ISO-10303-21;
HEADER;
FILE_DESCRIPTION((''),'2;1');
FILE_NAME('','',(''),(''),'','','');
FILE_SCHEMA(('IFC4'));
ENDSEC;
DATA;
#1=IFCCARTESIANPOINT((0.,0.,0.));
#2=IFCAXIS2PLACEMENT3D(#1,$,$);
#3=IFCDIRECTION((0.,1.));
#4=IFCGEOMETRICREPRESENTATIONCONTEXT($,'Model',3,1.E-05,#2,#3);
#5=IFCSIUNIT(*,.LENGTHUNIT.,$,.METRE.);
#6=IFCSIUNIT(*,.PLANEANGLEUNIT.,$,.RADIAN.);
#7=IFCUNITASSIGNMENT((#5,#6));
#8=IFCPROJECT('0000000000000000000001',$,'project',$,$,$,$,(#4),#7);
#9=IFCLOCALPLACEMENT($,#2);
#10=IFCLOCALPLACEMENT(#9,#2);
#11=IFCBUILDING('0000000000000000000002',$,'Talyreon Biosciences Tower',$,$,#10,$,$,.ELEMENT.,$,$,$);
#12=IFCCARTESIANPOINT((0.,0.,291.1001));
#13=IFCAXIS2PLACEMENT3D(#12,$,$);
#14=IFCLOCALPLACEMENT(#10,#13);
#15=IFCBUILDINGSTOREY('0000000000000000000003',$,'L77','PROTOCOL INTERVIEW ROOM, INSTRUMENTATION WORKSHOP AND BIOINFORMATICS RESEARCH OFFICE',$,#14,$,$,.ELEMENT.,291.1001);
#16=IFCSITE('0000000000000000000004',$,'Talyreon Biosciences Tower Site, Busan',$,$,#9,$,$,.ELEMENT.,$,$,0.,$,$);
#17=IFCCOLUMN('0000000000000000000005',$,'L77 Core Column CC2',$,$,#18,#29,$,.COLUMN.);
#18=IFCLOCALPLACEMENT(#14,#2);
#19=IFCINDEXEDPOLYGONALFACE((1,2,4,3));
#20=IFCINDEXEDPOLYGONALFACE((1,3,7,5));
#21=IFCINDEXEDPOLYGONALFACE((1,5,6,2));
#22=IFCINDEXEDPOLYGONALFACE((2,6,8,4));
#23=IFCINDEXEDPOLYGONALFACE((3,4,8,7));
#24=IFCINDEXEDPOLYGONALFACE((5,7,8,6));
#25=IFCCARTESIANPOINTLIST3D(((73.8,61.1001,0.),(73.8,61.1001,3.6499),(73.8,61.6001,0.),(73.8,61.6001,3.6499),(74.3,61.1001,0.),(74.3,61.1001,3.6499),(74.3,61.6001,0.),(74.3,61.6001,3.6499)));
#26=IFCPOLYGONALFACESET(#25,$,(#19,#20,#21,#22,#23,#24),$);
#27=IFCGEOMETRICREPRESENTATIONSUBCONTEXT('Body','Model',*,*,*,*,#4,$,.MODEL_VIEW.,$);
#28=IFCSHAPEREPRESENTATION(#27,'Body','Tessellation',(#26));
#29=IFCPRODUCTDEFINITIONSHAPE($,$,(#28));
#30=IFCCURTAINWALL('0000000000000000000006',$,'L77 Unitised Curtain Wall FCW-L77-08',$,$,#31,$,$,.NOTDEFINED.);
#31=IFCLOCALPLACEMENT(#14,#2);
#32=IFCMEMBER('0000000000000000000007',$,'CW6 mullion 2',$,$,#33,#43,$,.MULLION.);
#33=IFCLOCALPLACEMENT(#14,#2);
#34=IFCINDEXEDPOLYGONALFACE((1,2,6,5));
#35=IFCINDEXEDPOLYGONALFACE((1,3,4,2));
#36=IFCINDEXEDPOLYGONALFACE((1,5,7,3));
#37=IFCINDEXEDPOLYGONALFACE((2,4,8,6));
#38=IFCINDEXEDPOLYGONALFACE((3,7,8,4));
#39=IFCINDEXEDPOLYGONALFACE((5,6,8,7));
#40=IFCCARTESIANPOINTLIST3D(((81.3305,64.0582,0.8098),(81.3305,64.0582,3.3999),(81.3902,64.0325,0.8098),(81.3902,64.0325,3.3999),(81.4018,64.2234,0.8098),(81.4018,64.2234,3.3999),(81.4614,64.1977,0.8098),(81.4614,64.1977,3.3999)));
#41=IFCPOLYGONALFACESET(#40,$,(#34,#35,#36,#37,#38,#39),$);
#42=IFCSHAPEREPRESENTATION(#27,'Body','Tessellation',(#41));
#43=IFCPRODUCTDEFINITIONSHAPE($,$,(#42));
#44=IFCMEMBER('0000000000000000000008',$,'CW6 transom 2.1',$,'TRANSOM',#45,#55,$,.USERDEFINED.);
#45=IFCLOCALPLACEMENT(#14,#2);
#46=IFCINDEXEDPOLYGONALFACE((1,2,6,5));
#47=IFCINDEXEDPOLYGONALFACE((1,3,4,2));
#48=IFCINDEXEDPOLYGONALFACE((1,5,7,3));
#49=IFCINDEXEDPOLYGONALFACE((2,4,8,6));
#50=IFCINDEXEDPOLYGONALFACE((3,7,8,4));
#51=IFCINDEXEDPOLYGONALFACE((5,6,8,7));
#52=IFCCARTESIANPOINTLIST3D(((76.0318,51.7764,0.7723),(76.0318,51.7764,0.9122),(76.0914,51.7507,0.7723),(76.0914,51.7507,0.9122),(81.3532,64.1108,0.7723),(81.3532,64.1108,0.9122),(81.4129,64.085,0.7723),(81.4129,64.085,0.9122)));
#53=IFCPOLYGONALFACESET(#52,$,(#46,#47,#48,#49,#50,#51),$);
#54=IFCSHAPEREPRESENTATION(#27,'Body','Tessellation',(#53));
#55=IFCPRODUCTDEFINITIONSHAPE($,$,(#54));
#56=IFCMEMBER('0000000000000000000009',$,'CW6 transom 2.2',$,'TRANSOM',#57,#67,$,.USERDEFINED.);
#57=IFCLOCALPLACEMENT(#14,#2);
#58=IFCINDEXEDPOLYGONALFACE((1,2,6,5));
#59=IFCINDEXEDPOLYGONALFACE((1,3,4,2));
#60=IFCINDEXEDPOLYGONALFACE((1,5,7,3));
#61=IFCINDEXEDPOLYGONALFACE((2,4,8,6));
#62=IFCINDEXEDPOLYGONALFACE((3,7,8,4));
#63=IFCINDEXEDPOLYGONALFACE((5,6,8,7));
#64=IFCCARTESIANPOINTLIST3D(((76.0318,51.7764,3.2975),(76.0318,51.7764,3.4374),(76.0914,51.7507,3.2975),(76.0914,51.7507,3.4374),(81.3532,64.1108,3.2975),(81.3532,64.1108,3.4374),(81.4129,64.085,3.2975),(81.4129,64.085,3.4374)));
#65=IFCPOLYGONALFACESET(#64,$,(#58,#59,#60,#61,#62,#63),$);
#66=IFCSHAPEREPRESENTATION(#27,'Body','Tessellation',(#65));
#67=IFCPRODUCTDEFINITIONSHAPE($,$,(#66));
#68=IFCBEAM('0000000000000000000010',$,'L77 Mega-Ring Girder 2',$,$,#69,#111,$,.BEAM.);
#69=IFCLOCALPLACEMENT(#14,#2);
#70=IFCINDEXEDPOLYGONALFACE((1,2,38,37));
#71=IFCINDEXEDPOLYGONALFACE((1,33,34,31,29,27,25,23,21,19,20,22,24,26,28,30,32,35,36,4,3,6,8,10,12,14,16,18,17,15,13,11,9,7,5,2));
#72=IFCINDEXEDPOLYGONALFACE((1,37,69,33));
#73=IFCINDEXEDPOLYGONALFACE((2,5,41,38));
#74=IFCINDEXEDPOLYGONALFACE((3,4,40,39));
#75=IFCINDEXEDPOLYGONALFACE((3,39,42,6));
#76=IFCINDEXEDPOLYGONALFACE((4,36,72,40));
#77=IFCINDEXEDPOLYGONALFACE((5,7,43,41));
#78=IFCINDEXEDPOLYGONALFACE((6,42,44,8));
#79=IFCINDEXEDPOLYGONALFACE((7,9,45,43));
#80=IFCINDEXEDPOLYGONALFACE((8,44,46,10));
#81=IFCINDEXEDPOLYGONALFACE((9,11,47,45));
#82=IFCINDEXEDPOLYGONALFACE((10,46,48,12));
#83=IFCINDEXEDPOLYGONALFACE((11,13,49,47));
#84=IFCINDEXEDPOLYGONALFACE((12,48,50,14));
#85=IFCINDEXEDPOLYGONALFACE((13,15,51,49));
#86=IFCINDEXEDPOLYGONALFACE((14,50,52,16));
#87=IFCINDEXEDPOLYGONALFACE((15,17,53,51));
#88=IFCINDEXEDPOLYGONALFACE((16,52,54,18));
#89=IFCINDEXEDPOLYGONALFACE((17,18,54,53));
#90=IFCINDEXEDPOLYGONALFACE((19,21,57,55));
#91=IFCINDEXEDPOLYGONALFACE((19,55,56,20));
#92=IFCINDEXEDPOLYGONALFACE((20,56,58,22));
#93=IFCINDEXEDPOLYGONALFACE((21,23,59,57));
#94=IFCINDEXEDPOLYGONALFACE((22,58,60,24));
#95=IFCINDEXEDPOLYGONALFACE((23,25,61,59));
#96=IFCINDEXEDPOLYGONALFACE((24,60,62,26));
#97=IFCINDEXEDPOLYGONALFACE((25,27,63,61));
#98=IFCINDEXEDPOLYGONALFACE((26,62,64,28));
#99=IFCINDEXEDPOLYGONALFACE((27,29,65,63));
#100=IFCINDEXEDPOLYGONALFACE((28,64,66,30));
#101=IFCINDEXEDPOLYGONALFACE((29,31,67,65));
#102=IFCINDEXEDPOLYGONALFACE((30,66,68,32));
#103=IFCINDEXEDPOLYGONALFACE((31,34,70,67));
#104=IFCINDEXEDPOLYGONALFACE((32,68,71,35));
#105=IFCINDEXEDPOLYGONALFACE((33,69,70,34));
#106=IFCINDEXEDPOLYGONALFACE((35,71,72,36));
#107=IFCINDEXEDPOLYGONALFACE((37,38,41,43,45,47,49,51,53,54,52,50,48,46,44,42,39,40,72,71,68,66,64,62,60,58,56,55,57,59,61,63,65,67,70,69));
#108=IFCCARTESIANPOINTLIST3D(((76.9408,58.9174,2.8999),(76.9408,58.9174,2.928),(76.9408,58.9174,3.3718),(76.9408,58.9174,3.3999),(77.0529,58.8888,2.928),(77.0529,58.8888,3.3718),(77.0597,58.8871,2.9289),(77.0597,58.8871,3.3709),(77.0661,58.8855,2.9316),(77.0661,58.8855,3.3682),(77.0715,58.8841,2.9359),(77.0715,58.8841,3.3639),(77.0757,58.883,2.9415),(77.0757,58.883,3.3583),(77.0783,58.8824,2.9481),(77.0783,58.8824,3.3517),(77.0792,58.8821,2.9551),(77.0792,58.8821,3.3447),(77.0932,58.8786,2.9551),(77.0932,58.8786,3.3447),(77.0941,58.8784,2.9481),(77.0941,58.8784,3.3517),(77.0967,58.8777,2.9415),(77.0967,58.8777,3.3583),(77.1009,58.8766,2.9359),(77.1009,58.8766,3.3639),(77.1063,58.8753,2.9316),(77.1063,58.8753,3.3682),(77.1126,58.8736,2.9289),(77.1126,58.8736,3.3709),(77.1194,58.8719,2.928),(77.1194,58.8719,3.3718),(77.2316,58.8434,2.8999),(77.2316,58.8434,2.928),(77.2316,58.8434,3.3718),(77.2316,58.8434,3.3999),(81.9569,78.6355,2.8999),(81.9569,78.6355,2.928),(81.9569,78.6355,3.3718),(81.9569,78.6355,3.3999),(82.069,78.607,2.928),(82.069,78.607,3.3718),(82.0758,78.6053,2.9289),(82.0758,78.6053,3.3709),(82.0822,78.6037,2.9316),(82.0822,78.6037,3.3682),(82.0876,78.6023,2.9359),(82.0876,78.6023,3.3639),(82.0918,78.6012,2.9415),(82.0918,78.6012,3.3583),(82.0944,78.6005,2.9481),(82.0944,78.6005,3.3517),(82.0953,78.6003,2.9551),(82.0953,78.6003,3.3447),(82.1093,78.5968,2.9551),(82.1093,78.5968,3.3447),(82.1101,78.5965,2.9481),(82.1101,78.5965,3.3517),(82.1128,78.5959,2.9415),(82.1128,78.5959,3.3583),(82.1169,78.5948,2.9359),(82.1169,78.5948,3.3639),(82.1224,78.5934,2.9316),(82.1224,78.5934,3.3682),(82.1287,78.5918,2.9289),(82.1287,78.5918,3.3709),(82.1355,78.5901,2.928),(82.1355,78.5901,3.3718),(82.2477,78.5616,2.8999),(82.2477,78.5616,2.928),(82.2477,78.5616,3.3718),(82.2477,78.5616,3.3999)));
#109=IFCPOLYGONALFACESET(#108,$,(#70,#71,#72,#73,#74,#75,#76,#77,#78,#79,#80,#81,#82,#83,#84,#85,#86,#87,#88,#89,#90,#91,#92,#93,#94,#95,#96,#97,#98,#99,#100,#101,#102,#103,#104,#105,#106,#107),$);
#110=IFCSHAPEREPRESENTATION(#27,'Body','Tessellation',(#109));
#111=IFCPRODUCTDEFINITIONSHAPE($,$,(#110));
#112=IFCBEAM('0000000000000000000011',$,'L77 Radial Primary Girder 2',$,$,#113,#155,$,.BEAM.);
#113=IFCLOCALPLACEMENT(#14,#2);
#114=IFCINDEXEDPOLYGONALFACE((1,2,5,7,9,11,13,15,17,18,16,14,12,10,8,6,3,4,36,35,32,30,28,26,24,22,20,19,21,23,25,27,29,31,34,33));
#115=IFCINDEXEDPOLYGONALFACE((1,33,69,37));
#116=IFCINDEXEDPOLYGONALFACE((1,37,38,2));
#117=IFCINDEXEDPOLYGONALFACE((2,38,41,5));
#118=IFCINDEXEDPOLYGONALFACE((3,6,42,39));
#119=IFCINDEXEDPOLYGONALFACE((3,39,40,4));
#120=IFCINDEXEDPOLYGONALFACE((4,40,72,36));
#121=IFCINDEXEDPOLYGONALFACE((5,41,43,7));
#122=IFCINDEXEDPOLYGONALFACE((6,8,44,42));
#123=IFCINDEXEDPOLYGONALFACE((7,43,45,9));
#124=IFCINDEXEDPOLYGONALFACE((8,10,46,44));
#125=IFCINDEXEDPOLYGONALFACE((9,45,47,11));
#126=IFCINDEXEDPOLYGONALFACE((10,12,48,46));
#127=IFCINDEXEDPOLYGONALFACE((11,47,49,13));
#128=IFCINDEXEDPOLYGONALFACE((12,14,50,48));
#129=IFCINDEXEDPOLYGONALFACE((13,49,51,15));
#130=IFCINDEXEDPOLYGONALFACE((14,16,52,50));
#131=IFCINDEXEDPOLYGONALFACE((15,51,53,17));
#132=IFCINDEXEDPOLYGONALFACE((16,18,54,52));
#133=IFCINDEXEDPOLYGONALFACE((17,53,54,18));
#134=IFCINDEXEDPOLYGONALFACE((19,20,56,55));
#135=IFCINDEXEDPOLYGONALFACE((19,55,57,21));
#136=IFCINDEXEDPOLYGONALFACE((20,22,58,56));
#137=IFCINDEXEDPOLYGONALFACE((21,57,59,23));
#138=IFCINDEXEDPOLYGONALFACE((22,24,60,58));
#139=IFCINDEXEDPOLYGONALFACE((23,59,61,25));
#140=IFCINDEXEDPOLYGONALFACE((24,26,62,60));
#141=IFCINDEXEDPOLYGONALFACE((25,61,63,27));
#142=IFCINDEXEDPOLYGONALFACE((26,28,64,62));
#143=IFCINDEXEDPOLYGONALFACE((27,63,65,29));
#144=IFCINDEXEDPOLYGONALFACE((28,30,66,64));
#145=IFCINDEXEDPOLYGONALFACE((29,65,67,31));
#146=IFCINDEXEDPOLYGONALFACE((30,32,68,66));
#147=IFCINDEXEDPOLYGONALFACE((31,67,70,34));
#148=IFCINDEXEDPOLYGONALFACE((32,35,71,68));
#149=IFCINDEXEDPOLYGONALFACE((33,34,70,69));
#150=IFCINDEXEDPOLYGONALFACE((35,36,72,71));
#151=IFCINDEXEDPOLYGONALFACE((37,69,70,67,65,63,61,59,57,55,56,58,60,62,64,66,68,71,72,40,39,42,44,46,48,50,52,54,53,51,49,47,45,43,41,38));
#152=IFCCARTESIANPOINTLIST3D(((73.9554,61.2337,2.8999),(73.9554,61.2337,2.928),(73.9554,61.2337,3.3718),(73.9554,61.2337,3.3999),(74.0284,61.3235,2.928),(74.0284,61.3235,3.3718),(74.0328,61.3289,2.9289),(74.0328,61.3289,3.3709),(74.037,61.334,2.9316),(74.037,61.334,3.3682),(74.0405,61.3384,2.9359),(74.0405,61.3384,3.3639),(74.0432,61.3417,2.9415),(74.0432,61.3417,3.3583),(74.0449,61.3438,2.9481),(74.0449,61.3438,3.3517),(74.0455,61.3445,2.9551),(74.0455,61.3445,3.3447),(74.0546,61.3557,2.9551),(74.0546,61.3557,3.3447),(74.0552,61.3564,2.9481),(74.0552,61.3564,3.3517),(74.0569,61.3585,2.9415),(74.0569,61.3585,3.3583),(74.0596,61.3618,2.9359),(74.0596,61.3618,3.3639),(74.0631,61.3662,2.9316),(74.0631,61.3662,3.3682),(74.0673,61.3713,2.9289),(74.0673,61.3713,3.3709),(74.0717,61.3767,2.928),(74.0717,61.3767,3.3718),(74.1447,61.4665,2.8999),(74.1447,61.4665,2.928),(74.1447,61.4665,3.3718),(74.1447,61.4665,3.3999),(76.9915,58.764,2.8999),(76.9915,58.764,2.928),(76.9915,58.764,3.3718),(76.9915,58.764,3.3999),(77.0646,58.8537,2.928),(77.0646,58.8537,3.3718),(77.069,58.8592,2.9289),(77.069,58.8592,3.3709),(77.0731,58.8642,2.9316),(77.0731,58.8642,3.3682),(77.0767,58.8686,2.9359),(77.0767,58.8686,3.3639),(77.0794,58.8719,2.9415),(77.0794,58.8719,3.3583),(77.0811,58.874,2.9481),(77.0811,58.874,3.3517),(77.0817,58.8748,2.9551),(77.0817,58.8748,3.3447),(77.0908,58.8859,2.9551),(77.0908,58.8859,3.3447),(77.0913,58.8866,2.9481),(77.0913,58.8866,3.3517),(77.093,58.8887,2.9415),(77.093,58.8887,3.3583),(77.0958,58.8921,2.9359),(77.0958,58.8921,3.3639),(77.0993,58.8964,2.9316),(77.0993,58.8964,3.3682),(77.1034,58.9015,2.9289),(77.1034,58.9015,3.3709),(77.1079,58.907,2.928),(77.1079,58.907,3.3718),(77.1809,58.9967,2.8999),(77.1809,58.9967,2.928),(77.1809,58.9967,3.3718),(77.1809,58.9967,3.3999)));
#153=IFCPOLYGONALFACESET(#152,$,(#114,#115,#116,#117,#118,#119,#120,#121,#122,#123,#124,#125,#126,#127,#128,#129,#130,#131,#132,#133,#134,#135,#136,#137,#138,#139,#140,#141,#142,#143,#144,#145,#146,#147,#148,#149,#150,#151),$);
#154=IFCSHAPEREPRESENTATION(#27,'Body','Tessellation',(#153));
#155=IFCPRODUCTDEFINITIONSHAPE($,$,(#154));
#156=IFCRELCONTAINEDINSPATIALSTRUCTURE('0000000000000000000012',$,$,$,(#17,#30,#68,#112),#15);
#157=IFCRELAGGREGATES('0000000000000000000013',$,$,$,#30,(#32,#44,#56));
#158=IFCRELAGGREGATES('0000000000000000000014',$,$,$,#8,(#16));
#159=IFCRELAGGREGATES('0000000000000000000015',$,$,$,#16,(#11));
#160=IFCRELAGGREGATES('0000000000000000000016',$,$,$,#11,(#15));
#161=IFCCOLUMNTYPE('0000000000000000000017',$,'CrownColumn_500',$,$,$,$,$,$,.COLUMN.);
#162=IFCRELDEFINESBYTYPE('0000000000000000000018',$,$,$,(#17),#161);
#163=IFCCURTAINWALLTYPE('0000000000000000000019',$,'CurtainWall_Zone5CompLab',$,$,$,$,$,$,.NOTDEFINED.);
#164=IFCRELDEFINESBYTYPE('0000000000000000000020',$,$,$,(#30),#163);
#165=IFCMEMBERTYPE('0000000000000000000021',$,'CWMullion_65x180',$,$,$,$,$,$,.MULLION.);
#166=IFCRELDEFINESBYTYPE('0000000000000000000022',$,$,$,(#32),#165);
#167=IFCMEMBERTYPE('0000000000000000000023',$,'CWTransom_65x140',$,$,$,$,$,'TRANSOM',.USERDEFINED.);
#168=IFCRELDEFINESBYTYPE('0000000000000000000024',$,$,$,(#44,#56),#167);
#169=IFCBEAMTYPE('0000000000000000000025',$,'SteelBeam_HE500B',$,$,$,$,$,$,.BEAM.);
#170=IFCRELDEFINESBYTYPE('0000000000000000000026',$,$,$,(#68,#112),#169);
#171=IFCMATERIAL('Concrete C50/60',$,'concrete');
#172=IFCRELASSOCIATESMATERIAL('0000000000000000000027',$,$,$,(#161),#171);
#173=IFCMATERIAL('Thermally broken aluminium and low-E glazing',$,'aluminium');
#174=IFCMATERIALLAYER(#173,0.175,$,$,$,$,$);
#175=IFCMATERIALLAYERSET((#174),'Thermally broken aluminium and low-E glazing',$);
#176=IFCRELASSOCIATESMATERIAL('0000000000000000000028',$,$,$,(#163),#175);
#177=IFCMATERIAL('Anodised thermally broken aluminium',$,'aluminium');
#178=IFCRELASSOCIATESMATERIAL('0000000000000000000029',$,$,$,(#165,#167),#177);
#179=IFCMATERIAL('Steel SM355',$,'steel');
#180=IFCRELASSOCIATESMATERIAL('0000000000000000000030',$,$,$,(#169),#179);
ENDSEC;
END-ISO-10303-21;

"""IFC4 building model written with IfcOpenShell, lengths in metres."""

from ifc_helpers import new_model, si_unit, direction, frame, origin, origin_2d, place, context, subcontext, project, spatial, rectangle, i_section, extrude, material, layer, layer_set, material_profile, profile_set, type_object, element, aggregate, save


model = new_model("IFC4")

# Units and contexts
model_context = context("Model", 3, precision=1e-05, world=origin(), true_north=direction((0.0, 1.0)))
body_context = subcontext(model_context, "Body", "Model", "MODEL_VIEW")
ifc_project = project(units=[si_unit("LENGTHUNIT", "METRE"), si_unit("PLANEANGLEUNIT", "RADIAN")], contexts=[model_context])

# Site, building, storey
site_placement = place(None, origin())
site = spatial("IfcSite", under=ifc_project, at=site_placement, Name="Talyreon Biosciences Tower Site, Busan", CompositionType="ELEMENT", RefElevation=0.0)
building_placement = place(site_placement, origin())
building = spatial("IfcBuilding", under=site, at=building_placement, Name="Talyreon Biosciences Tower", CompositionType="ELEMENT")
storey_placement = place(building_placement, frame((0.0, 0.0, 291.1001)))
storey = spatial("IfcBuildingStorey", under=building, at=storey_placement, Name="L77", Description="PROTOCOL INTERVIEW ROOM, INSTRUMENTATION WORKSHOP AND BIOINFORMATICS RESEARCH OFFICE", CompositionType="ELEMENT", Elevation=291.1001)

# Column
ifc_material_1 = material(Name="Concrete C50/60", Category="concrete")
ifc_material_profile_1 = material_profile(ifc_material_1, rectangle(XDim=0.5, YDim=0.5, at=origin_2d()), Name="RC 500x500")
ifc_profile_set_1 = profile_set([ifc_material_profile_1], Name="Concrete C50/60")
column_type = type_object("IfcColumnType", Name="CrownColumn_500", PredefinedType="COLUMN", material=ifc_profile_set_1)
column_placement = place(storey_placement, frame((74.05, 61.3501, 0.0), z_axis=(0.0, 0.0, 1.0), x_axis=(1.0, 0.0, 0.0)))
element("IfcColumn", 1, at=column_placement, inside=storey, type_object=column_type, Name="L77 Core Column CC2", PredefinedType="COLUMN", context=body_context, shape_type="SweptSolid", body=[
    extrude(rectangle(XDim=0.5, YDim=0.5, at=origin_2d()), origin(), (0.0, 0.0, 1.0), 3.6499),
])

# Curtain wall, members
ifc_material_2 = material(Name="Thermally broken aluminium and low-E glazing", Category="aluminium")
ifc_layer_1 = layer(ifc_material_2, 0.175)
ifc_layer_set_1 = layer_set([ifc_layer_1], Name="Thermally broken aluminium and low-E glazing")
curtain_wall_type = type_object("IfcCurtainWallType", Name="CurtainWall_Zone5CompLab", PredefinedType="NOTDEFINED", material=ifc_layer_set_1)
curtain_wall_placement = place(storey_placement, origin())
curtain_wall = element("IfcCurtainWall", 2, at=curtain_wall_placement, inside=storey, type_object=curtain_wall_type, Name="L77 Unitised Curtain Wall FCW-L77-08", PredefinedType="NOTDEFINED")
ifc_material_3 = material(Name="Anodised thermally broken aluminium", Category="aluminium")
ifc_material_profile_2 = material_profile(ifc_material_3, rectangle(XDim=0.0649, YDim=0.1799, at=origin_2d()), Name="ALUM MULLION 65x180")
ifc_profile_set_2 = profile_set([ifc_material_profile_2], Name="Anodised thermally broken aluminium")
member_type_1 = type_object("IfcMemberType", Name="CWMullion_65x180", PredefinedType="MULLION", material=ifc_profile_set_2)
member_1_placement = place(storey_placement, frame((81.396, 64.1279, 0.8098), z_axis=(0.0, 0.0, 1.0), x_axis=(0.918187, -0.396147, 0.0)))
member_1 = element("IfcMember", 3, at=member_1_placement, type_object=member_type_1, Name="CW6 mullion 2", PredefinedType="MULLION", context=body_context, shape_type="SweptSolid", body=[
    extrude(rectangle(XDim=0.0649, YDim=0.1799, at=origin_2d()), origin(), (0.0, 0.0, 1.0), 2.5901),
])
ifc_material_profile_3 = material_profile(ifc_material_3, rectangle(XDim=0.0649, YDim=0.1399, at=origin_2d()), Name="ALUM TRANSOM 65x140")
ifc_profile_set_3 = profile_set([ifc_material_profile_3], Name="Anodised thermally broken aluminium")
member_type_2 = type_object("IfcMemberType", Name="CWTransom_65x140", ElementType="TRANSOM", PredefinedType="USERDEFINED", material=ifc_profile_set_3)
member_2_placement = place(storey_placement, frame((81.3831, 64.0979, 0.8423), z_axis=(-0.39614, -0.91819, 0.0), x_axis=(0.91819, -0.39614, 0.0)))
member_2 = element("IfcMember", 4, at=member_2_placement, type_object=member_type_2, Name="CW6 transom 2.1", ObjectType="TRANSOM", PredefinedType="USERDEFINED", context=body_context, shape_type="SweptSolid", body=[
    extrude(rectangle(XDim=0.0649, YDim=0.1399, at=origin_2d()), origin(), (0.0, 0.0, 1.0), 13.4333),
])
member_3_placement = place(storey_placement, frame((81.3831, 64.0979, 3.3674), z_axis=(-0.39614, -0.91819, 0.0), x_axis=(0.91819, -0.39614, 0.0)))
member_3 = element("IfcMember", 5, at=member_3_placement, type_object=member_type_2, Name="CW6 transom 2.2", ObjectType="TRANSOM", PredefinedType="USERDEFINED", context=body_context, shape_type="SweptSolid", body=[
    extrude(rectangle(XDim=0.0649, YDim=0.1399, at=origin_2d()), origin(), (0.0, 0.0, 1.0), 13.4333),
])
aggregate(curtain_wall, [member_1, member_2, member_3])

# Beams
ifc_material_4 = material(Name="Steel SM355", Category="steel")
ifc_material_profile_4 = material_profile(ifc_material_4, i_section(OverallWidth=0.3, OverallDepth=0.5, WebThickness=0.0144, FlangeThickness=0.0281, FilletRadius=0.0271, at=origin_2d()), Name="HE500B")
ifc_profile_set_4 = profile_set([ifc_material_profile_4], Name="Steel SM355")
beam_type_1 = type_object("IfcBeamType", Name="SteelBeam_HE500B", PredefinedType="BEAM", material=ifc_profile_set_4)
beam_1_placement = place(storey_placement, frame((77.0862, 58.8804, 3.1499), z_axis=(0.246537, 0.969133, 0.0), x_axis=(-0.969133, 0.246537, 0.0)))
element("IfcBeam", 6, at=beam_1_placement, inside=storey, type_object=beam_type_1, Name="L77 Mega-Ring Girder 2", PredefinedType="BEAM", context=body_context, shape_type="SweptSolid", body=[
    extrude(i_section(OverallWidth=0.3, OverallDepth=0.5, WebThickness=0.0144, FlangeThickness=0.0281, FilletRadius=0.0271, at=origin_2d()), origin(), (0.0, 0.0, 1.0), 20.3462),
])
beam_2_placement = place(storey_placement, frame((74.05, 61.3501, 3.1499), z_axis=(0.775755, -0.631034, 0.0), x_axis=(0.631034, 0.775755, 0.0)))
element("IfcBeam", 7, at=beam_2_placement, inside=storey, type_object=beam_type_1, Name="L77 Radial Primary Girder 2", PredefinedType="BEAM", context=body_context, shape_type="SweptSolid", body=[
    extrude(i_section(OverallWidth=0.3, OverallDepth=0.5, WebThickness=0.0144, FlangeThickness=0.0281, FilletRadius=0.0271, at=origin_2d()), origin(), (0.0, 0.0, 1.0), 3.9138),
])

save(model, "model.ifc")
